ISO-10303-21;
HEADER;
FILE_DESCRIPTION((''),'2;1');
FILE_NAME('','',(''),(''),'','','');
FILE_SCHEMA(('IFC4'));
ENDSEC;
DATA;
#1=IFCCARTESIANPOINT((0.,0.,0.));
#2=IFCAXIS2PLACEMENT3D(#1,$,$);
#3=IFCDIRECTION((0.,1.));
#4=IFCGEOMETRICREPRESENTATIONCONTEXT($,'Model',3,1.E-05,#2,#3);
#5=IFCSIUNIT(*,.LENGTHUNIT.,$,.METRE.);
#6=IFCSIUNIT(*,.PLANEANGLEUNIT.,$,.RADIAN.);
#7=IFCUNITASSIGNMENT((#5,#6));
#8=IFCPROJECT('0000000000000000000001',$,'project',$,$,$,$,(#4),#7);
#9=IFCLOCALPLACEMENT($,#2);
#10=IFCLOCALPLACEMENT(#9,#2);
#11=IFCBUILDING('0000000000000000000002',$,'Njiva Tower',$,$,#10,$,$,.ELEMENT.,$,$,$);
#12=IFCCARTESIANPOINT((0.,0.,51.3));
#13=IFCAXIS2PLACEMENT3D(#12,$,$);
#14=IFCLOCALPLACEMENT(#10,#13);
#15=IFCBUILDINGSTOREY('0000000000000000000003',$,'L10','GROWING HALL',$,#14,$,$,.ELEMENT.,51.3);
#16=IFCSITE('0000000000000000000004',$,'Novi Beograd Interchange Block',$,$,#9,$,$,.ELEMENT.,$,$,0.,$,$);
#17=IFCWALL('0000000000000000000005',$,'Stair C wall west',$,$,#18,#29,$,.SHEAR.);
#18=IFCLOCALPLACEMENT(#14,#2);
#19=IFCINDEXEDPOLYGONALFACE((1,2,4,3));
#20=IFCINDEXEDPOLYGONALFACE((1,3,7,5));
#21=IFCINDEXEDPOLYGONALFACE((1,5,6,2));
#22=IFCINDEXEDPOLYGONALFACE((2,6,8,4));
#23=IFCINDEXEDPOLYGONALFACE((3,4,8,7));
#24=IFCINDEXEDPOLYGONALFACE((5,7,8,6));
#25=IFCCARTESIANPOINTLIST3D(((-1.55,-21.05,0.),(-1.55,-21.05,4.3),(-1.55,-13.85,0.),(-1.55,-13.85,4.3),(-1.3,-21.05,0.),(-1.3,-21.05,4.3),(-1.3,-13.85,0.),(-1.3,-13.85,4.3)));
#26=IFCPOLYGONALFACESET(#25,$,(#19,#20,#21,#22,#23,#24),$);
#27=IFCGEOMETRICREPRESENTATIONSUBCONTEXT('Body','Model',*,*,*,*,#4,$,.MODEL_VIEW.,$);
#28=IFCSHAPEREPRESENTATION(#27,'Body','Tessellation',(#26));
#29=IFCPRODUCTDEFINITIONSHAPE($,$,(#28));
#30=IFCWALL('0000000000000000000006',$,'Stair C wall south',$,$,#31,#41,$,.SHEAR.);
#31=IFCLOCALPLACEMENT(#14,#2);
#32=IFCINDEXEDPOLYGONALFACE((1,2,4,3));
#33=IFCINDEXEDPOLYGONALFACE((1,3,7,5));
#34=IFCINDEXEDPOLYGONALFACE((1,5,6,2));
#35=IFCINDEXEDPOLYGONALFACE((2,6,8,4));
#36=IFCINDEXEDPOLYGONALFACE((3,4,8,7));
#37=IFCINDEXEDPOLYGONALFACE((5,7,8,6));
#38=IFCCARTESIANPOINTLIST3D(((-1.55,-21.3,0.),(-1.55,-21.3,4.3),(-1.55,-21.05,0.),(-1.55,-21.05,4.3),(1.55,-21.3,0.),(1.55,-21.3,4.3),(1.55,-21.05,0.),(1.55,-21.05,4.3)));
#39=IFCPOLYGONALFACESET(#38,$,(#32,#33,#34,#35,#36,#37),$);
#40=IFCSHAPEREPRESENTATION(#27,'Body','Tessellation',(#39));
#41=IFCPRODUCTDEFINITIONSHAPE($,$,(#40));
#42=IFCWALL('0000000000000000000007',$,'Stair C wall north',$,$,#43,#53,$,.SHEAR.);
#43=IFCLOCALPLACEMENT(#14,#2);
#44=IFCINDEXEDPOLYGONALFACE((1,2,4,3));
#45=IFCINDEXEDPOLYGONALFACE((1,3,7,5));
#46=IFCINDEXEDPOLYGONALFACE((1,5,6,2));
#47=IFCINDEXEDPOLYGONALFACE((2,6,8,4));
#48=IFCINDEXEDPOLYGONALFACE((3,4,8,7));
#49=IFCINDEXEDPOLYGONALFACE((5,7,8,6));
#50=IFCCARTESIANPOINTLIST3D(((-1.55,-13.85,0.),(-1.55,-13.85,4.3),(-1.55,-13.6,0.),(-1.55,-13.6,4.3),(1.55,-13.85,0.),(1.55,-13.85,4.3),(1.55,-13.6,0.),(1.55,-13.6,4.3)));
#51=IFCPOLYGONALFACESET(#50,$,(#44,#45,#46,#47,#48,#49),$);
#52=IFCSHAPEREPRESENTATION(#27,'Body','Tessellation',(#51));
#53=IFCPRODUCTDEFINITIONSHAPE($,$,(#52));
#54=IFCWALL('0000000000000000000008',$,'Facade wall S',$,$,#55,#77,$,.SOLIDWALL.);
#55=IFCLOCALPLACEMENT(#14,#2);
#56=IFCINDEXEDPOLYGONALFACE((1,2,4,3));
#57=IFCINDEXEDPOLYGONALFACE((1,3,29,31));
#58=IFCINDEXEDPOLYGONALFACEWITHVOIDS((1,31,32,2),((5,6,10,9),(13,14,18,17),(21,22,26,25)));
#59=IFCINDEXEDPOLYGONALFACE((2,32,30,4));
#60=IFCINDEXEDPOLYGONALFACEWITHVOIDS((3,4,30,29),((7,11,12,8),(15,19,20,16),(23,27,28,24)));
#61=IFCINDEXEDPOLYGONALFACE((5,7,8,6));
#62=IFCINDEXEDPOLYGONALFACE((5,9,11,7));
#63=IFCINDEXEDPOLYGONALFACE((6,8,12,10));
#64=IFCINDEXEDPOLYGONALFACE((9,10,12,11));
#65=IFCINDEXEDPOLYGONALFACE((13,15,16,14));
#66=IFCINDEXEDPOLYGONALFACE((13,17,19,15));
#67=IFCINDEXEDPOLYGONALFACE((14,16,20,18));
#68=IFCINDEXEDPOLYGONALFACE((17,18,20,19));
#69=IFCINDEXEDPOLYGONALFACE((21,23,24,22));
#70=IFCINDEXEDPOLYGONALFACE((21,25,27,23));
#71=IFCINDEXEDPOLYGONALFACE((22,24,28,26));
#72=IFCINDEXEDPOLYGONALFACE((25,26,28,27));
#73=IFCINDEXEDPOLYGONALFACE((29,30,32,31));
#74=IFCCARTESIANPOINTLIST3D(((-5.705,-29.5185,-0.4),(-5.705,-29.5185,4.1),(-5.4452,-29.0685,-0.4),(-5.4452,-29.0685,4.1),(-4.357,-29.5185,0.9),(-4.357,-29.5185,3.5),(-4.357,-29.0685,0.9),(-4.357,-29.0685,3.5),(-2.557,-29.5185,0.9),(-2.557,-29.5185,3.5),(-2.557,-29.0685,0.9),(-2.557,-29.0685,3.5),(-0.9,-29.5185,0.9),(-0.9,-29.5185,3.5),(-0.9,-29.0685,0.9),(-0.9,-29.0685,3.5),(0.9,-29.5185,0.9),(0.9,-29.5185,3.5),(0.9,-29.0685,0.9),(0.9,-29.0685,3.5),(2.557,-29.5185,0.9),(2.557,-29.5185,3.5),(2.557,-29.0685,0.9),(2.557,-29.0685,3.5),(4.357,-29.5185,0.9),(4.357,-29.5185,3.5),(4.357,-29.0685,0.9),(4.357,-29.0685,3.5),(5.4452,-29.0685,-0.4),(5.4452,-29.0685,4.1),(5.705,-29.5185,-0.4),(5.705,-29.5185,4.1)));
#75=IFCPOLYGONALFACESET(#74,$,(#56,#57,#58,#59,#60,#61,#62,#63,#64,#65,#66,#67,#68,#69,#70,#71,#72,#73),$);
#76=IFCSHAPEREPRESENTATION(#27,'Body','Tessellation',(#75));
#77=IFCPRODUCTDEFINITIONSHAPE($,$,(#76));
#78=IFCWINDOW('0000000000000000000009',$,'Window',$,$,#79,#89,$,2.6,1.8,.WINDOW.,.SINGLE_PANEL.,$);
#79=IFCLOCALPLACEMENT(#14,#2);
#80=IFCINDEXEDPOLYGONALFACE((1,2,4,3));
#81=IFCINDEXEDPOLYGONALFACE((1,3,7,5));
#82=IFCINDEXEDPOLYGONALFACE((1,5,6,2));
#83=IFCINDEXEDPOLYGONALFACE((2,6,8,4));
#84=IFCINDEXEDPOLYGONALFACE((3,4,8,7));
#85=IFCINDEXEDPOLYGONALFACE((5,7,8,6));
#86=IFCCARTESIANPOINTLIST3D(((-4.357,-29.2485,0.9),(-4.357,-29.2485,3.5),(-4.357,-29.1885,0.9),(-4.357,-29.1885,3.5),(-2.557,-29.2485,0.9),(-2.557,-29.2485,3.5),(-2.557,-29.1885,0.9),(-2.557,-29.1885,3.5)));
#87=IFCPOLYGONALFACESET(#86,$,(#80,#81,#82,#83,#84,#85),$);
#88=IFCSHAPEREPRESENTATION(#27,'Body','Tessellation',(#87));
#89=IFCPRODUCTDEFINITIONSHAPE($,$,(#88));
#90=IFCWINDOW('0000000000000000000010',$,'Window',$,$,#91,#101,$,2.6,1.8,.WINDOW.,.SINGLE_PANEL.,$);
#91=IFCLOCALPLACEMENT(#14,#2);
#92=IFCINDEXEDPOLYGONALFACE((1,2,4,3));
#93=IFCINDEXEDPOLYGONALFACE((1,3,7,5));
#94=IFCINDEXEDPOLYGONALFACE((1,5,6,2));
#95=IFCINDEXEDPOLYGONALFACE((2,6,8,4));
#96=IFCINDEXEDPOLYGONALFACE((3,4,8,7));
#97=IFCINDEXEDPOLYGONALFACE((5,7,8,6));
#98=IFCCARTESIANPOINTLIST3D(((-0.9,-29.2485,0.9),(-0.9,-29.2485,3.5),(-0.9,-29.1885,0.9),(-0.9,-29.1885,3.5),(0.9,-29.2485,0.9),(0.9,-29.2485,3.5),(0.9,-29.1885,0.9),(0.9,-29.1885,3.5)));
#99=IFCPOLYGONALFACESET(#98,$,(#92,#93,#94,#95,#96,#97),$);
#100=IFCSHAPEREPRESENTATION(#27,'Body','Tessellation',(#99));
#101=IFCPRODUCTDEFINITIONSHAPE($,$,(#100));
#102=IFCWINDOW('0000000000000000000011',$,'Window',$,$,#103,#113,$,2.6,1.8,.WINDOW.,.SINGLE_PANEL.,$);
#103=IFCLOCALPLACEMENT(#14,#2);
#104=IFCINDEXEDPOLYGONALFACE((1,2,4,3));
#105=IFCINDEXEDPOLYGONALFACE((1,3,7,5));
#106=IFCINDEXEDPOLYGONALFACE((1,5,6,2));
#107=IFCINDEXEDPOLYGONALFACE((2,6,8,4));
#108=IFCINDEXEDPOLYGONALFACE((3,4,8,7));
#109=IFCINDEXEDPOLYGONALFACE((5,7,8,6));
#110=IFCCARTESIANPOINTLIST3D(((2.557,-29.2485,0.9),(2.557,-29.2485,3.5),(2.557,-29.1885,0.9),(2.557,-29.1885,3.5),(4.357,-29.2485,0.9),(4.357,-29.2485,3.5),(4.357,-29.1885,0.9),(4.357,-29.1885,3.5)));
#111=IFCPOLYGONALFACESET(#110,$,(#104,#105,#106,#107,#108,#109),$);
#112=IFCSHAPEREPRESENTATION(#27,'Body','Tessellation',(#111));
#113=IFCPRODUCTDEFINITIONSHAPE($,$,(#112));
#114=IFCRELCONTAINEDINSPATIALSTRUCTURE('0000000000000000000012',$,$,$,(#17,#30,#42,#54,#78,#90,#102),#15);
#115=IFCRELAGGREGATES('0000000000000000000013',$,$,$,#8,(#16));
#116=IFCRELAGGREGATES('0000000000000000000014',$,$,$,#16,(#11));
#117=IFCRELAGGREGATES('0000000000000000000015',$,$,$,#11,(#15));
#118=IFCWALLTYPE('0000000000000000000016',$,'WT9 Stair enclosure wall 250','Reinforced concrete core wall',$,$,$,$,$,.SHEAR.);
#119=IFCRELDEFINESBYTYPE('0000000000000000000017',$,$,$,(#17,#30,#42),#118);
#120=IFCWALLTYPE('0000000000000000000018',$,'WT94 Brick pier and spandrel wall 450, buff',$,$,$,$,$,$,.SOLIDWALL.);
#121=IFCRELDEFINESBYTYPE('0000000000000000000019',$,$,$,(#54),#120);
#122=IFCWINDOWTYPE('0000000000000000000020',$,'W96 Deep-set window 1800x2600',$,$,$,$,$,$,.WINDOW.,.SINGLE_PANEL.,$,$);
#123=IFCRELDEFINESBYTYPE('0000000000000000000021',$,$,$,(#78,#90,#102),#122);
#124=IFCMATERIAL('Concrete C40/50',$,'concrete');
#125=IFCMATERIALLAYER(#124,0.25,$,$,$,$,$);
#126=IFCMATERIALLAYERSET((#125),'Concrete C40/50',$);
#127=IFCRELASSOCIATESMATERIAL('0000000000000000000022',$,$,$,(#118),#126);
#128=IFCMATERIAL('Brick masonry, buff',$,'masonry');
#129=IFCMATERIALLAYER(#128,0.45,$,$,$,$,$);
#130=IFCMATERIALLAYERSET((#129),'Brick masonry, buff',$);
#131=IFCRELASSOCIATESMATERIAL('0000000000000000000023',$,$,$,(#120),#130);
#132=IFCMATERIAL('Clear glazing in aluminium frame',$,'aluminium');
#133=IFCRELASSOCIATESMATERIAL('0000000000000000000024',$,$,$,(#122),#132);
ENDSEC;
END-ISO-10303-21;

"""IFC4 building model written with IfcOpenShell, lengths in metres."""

from ifc_helpers import new_model, si_unit, direction, frame, frame_2d, origin, place, context, subcontext, project, spatial, polyline, rectangle, outline, extrude, material, layer, layer_set, type_object, element, fill, save


model = new_model("IFC4")

# Units and contexts
model_context = context("Model", 3, precision=1e-05, world=origin(), true_north=direction((0.0, 1.0)))
body_context = subcontext(model_context, "Body", "Model", "MODEL_VIEW")
ifc_project = project(units=[si_unit("LENGTHUNIT", "METRE"), si_unit("PLANEANGLEUNIT", "RADIAN")], contexts=[model_context])

# Site, building, storey
site_placement = place(None, origin())
site = spatial("IfcSite", under=ifc_project, at=site_placement, Name="Novi Beograd Interchange Block", CompositionType="ELEMENT", RefElevation=0.0)
building_placement = place(site_placement, origin())
building = spatial("IfcBuilding", under=site, at=building_placement, Name="Njiva Tower", CompositionType="ELEMENT")
storey_placement = place(building_placement, frame((0.0, 0.0, 51.3)))
storey = spatial("IfcBuildingStorey", under=building, at=storey_placement, Name="L10", Description="GROWING HALL", CompositionType="ELEMENT", Elevation=51.3)

# Walls
ifc_material_1 = material(Name="Concrete C40/50", Category="concrete")
ifc_layer_1 = layer(ifc_material_1, 0.25)
ifc_layer_set_1 = layer_set([ifc_layer_1], Name="Concrete C40/50")
wall_type_1 = type_object("IfcWallType", Name="WT9 Stair enclosure wall 250", Description="Reinforced concrete core wall", PredefinedType="SHEAR", material=ifc_layer_set_1)
wall_1_placement = place(storey_placement, frame((-1.425, -21.05, 0.0), z_axis=(0.0, 0.0, 1.0), x_axis=(0.0, 1.0, 0.0)))
element("IfcWall", 1, at=wall_1_placement, inside=storey, type_object=wall_type_1, Name="Stair C wall west", PredefinedType="SHEAR", context=body_context, shape_type="SweptSolid", body=[
    extrude(rectangle(XDim=7.2, YDim=0.25, at=frame_2d((3.6, 0.0))), origin(), (0.0, 0.0, 1.0), 4.3),
])
for number, where, z_axis, x_axis, name in (
    (2, (-1.55, -21.175, 0.0), (0.0, 0.0, 1.0), (1.0, 0.0, 0.0), "Stair C wall south"),
    (3, (-1.55, -13.725, 0.0), (0.0, 0.0, 1.0), (1.0, 0.0, 0.0), "Stair C wall north"),
):
    element("IfcWall", number, at=place(storey_placement, frame(where, z_axis=z_axis, x_axis=x_axis)), inside=storey, type_object=wall_type_1, Name=name, PredefinedType="SHEAR", context=body_context, shape_type="SweptSolid", body=[
        extrude(rectangle(XDim=3.1, YDim=0.25, at=frame_2d((1.55, 0.0))), origin(), (0.0, 0.0, 1.0), 4.3),
    ])

# Wall, openings, windows
ifc_material_2 = material(Name="Brick masonry, buff", Category="masonry")
ifc_layer_2 = layer(ifc_material_2, 0.45)
ifc_layer_set_2 = layer_set([ifc_layer_2], Name="Brick masonry, buff")
wall_type_2 = type_object("IfcWallType", Name="WT94 Brick pier and spandrel wall 450, buff", PredefinedType="SOLIDWALL", material=ifc_layer_set_2)
wall_2_placement = place(storey_placement, frame((-5.5751, -29.2935, -0.4), z_axis=(0.0, 0.0, 1.0), x_axis=(1.0, 0.0, 0.0)))
wall_2 = element("IfcWall", 4, at=wall_2_placement, inside=storey, type_object=wall_type_2, Name="Facade wall S", PredefinedType="SOLIDWALL", context=body_context, shape_type="SweptSolid", body=[
    extrude(outline(polyline([(-0.1299, -0.225), (11.2801, -0.225), (11.0203, 0.225), (0.1299, 0.225), (-0.1299, -0.225)])), origin(), (0.0, 0.0, 1.0), 4.5),
])
opening_1_placement = place(wall_2_placement, frame((1.2181, 0.0, 1.3)))
opening_1 = element("IfcOpeningElement", 5, at=opening_1_placement, cuts=wall_2, PredefinedType="OPENING", context=body_context, shape_type="SweptSolid", body=[
    extrude(rectangle(XDim=1.8, YDim=2.6, at=frame_2d((0.9, 1.3))), frame((0.0, 0.235, 0.0), z_axis=(0.0, -1.0, 0.0), x_axis=(1.0, 0.0, 0.0)), (0.0, 0.0, 1.0), 0.47),
])
opening_2_placement = place(wall_2_placement, frame((4.6751, 0.0, 1.3)))
opening_2 = element("IfcOpeningElement", 6, at=opening_2_placement, cuts=wall_2, PredefinedType="OPENING", context=body_context, shape_type="SweptSolid", body=[
    extrude(rectangle(XDim=1.8, YDim=2.6, at=frame_2d((0.9, 1.3))), frame((0.0, 0.235, 0.0), z_axis=(0.0, -1.0, 0.0), x_axis=(1.0, 0.0, 0.0)), (0.0, 0.0, 1.0), 0.47),
])
opening_3_placement = place(wall_2_placement, frame((8.1321, 0.0, 1.3)))
opening_3 = element("IfcOpeningElement", 7, at=opening_3_placement, cuts=wall_2, PredefinedType="OPENING", context=body_context, shape_type="SweptSolid", body=[
    extrude(rectangle(XDim=1.8, YDim=2.6, at=frame_2d((0.9, 1.3))), frame((0.0, 0.235, 0.0), z_axis=(0.0, -1.0, 0.0), x_axis=(1.0, 0.0, 0.0)), (0.0, 0.0, 1.0), 0.47),
])
ifc_material_3 = material(Name="Clear glazing in aluminium frame", Category="aluminium")
window_type = type_object("IfcWindowType", Name="W96 Deep-set window 1800x2600", PartitioningType="SINGLE_PANEL", PredefinedType="WINDOW", material=ifc_material_3)
window_1_placement = place(opening_1_placement, origin())
window_1 = element("IfcWindow", 8, at=window_1_placement, inside=storey, type_object=window_type, Name="Window", OverallHeight=2.6, OverallWidth=1.8, PartitioningType="SINGLE_PANEL", PredefinedType="WINDOW", context=body_context, shape_type="SweptSolid", body=[
    extrude(rectangle(XDim=1.8, YDim=2.6, at=frame_2d((0.9, 1.3))), frame((0.0, 0.105, 0.0), z_axis=(0.0, -1.0, 0.0), x_axis=(1.0, 0.0, 0.0)), (0.0, 0.0, 1.0), 0.06),
])
fill(opening_1, window_1)
window_2_placement = place(opening_2_placement, origin())
window_2 = element("IfcWindow", 9, at=window_2_placement, inside=storey, type_object=window_type, Name="Window", OverallHeight=2.6, OverallWidth=1.8, PartitioningType="SINGLE_PANEL", PredefinedType="WINDOW", context=body_context, shape_type="SweptSolid", body=[
    extrude(rectangle(XDim=1.8, YDim=2.6, at=frame_2d((0.9, 1.3))), frame((0.0, 0.105, 0.0), z_axis=(0.0, -1.0, 0.0), x_axis=(1.0, 0.0, 0.0)), (0.0, 0.0, 1.0), 0.06),
])
fill(opening_2, window_2)
window_3_placement = place(opening_3_placement, origin())
window_3 = element("IfcWindow", 10, at=window_3_placement, inside=storey, type_object=window_type, Name="Window", OverallHeight=2.6, OverallWidth=1.8, PartitioningType="SINGLE_PANEL", PredefinedType="WINDOW", context=body_context, shape_type="SweptSolid", body=[
    extrude(rectangle(XDim=1.8, YDim=2.6, at=frame_2d((0.9, 1.3))), frame((0.0, 0.105, 0.0), z_axis=(0.0, -1.0, 0.0), x_axis=(1.0, 0.0, 0.0)), (0.0, 0.0, 1.0), 0.06),
])
fill(opening_3, window_3)

save(model, "model.ifc")
